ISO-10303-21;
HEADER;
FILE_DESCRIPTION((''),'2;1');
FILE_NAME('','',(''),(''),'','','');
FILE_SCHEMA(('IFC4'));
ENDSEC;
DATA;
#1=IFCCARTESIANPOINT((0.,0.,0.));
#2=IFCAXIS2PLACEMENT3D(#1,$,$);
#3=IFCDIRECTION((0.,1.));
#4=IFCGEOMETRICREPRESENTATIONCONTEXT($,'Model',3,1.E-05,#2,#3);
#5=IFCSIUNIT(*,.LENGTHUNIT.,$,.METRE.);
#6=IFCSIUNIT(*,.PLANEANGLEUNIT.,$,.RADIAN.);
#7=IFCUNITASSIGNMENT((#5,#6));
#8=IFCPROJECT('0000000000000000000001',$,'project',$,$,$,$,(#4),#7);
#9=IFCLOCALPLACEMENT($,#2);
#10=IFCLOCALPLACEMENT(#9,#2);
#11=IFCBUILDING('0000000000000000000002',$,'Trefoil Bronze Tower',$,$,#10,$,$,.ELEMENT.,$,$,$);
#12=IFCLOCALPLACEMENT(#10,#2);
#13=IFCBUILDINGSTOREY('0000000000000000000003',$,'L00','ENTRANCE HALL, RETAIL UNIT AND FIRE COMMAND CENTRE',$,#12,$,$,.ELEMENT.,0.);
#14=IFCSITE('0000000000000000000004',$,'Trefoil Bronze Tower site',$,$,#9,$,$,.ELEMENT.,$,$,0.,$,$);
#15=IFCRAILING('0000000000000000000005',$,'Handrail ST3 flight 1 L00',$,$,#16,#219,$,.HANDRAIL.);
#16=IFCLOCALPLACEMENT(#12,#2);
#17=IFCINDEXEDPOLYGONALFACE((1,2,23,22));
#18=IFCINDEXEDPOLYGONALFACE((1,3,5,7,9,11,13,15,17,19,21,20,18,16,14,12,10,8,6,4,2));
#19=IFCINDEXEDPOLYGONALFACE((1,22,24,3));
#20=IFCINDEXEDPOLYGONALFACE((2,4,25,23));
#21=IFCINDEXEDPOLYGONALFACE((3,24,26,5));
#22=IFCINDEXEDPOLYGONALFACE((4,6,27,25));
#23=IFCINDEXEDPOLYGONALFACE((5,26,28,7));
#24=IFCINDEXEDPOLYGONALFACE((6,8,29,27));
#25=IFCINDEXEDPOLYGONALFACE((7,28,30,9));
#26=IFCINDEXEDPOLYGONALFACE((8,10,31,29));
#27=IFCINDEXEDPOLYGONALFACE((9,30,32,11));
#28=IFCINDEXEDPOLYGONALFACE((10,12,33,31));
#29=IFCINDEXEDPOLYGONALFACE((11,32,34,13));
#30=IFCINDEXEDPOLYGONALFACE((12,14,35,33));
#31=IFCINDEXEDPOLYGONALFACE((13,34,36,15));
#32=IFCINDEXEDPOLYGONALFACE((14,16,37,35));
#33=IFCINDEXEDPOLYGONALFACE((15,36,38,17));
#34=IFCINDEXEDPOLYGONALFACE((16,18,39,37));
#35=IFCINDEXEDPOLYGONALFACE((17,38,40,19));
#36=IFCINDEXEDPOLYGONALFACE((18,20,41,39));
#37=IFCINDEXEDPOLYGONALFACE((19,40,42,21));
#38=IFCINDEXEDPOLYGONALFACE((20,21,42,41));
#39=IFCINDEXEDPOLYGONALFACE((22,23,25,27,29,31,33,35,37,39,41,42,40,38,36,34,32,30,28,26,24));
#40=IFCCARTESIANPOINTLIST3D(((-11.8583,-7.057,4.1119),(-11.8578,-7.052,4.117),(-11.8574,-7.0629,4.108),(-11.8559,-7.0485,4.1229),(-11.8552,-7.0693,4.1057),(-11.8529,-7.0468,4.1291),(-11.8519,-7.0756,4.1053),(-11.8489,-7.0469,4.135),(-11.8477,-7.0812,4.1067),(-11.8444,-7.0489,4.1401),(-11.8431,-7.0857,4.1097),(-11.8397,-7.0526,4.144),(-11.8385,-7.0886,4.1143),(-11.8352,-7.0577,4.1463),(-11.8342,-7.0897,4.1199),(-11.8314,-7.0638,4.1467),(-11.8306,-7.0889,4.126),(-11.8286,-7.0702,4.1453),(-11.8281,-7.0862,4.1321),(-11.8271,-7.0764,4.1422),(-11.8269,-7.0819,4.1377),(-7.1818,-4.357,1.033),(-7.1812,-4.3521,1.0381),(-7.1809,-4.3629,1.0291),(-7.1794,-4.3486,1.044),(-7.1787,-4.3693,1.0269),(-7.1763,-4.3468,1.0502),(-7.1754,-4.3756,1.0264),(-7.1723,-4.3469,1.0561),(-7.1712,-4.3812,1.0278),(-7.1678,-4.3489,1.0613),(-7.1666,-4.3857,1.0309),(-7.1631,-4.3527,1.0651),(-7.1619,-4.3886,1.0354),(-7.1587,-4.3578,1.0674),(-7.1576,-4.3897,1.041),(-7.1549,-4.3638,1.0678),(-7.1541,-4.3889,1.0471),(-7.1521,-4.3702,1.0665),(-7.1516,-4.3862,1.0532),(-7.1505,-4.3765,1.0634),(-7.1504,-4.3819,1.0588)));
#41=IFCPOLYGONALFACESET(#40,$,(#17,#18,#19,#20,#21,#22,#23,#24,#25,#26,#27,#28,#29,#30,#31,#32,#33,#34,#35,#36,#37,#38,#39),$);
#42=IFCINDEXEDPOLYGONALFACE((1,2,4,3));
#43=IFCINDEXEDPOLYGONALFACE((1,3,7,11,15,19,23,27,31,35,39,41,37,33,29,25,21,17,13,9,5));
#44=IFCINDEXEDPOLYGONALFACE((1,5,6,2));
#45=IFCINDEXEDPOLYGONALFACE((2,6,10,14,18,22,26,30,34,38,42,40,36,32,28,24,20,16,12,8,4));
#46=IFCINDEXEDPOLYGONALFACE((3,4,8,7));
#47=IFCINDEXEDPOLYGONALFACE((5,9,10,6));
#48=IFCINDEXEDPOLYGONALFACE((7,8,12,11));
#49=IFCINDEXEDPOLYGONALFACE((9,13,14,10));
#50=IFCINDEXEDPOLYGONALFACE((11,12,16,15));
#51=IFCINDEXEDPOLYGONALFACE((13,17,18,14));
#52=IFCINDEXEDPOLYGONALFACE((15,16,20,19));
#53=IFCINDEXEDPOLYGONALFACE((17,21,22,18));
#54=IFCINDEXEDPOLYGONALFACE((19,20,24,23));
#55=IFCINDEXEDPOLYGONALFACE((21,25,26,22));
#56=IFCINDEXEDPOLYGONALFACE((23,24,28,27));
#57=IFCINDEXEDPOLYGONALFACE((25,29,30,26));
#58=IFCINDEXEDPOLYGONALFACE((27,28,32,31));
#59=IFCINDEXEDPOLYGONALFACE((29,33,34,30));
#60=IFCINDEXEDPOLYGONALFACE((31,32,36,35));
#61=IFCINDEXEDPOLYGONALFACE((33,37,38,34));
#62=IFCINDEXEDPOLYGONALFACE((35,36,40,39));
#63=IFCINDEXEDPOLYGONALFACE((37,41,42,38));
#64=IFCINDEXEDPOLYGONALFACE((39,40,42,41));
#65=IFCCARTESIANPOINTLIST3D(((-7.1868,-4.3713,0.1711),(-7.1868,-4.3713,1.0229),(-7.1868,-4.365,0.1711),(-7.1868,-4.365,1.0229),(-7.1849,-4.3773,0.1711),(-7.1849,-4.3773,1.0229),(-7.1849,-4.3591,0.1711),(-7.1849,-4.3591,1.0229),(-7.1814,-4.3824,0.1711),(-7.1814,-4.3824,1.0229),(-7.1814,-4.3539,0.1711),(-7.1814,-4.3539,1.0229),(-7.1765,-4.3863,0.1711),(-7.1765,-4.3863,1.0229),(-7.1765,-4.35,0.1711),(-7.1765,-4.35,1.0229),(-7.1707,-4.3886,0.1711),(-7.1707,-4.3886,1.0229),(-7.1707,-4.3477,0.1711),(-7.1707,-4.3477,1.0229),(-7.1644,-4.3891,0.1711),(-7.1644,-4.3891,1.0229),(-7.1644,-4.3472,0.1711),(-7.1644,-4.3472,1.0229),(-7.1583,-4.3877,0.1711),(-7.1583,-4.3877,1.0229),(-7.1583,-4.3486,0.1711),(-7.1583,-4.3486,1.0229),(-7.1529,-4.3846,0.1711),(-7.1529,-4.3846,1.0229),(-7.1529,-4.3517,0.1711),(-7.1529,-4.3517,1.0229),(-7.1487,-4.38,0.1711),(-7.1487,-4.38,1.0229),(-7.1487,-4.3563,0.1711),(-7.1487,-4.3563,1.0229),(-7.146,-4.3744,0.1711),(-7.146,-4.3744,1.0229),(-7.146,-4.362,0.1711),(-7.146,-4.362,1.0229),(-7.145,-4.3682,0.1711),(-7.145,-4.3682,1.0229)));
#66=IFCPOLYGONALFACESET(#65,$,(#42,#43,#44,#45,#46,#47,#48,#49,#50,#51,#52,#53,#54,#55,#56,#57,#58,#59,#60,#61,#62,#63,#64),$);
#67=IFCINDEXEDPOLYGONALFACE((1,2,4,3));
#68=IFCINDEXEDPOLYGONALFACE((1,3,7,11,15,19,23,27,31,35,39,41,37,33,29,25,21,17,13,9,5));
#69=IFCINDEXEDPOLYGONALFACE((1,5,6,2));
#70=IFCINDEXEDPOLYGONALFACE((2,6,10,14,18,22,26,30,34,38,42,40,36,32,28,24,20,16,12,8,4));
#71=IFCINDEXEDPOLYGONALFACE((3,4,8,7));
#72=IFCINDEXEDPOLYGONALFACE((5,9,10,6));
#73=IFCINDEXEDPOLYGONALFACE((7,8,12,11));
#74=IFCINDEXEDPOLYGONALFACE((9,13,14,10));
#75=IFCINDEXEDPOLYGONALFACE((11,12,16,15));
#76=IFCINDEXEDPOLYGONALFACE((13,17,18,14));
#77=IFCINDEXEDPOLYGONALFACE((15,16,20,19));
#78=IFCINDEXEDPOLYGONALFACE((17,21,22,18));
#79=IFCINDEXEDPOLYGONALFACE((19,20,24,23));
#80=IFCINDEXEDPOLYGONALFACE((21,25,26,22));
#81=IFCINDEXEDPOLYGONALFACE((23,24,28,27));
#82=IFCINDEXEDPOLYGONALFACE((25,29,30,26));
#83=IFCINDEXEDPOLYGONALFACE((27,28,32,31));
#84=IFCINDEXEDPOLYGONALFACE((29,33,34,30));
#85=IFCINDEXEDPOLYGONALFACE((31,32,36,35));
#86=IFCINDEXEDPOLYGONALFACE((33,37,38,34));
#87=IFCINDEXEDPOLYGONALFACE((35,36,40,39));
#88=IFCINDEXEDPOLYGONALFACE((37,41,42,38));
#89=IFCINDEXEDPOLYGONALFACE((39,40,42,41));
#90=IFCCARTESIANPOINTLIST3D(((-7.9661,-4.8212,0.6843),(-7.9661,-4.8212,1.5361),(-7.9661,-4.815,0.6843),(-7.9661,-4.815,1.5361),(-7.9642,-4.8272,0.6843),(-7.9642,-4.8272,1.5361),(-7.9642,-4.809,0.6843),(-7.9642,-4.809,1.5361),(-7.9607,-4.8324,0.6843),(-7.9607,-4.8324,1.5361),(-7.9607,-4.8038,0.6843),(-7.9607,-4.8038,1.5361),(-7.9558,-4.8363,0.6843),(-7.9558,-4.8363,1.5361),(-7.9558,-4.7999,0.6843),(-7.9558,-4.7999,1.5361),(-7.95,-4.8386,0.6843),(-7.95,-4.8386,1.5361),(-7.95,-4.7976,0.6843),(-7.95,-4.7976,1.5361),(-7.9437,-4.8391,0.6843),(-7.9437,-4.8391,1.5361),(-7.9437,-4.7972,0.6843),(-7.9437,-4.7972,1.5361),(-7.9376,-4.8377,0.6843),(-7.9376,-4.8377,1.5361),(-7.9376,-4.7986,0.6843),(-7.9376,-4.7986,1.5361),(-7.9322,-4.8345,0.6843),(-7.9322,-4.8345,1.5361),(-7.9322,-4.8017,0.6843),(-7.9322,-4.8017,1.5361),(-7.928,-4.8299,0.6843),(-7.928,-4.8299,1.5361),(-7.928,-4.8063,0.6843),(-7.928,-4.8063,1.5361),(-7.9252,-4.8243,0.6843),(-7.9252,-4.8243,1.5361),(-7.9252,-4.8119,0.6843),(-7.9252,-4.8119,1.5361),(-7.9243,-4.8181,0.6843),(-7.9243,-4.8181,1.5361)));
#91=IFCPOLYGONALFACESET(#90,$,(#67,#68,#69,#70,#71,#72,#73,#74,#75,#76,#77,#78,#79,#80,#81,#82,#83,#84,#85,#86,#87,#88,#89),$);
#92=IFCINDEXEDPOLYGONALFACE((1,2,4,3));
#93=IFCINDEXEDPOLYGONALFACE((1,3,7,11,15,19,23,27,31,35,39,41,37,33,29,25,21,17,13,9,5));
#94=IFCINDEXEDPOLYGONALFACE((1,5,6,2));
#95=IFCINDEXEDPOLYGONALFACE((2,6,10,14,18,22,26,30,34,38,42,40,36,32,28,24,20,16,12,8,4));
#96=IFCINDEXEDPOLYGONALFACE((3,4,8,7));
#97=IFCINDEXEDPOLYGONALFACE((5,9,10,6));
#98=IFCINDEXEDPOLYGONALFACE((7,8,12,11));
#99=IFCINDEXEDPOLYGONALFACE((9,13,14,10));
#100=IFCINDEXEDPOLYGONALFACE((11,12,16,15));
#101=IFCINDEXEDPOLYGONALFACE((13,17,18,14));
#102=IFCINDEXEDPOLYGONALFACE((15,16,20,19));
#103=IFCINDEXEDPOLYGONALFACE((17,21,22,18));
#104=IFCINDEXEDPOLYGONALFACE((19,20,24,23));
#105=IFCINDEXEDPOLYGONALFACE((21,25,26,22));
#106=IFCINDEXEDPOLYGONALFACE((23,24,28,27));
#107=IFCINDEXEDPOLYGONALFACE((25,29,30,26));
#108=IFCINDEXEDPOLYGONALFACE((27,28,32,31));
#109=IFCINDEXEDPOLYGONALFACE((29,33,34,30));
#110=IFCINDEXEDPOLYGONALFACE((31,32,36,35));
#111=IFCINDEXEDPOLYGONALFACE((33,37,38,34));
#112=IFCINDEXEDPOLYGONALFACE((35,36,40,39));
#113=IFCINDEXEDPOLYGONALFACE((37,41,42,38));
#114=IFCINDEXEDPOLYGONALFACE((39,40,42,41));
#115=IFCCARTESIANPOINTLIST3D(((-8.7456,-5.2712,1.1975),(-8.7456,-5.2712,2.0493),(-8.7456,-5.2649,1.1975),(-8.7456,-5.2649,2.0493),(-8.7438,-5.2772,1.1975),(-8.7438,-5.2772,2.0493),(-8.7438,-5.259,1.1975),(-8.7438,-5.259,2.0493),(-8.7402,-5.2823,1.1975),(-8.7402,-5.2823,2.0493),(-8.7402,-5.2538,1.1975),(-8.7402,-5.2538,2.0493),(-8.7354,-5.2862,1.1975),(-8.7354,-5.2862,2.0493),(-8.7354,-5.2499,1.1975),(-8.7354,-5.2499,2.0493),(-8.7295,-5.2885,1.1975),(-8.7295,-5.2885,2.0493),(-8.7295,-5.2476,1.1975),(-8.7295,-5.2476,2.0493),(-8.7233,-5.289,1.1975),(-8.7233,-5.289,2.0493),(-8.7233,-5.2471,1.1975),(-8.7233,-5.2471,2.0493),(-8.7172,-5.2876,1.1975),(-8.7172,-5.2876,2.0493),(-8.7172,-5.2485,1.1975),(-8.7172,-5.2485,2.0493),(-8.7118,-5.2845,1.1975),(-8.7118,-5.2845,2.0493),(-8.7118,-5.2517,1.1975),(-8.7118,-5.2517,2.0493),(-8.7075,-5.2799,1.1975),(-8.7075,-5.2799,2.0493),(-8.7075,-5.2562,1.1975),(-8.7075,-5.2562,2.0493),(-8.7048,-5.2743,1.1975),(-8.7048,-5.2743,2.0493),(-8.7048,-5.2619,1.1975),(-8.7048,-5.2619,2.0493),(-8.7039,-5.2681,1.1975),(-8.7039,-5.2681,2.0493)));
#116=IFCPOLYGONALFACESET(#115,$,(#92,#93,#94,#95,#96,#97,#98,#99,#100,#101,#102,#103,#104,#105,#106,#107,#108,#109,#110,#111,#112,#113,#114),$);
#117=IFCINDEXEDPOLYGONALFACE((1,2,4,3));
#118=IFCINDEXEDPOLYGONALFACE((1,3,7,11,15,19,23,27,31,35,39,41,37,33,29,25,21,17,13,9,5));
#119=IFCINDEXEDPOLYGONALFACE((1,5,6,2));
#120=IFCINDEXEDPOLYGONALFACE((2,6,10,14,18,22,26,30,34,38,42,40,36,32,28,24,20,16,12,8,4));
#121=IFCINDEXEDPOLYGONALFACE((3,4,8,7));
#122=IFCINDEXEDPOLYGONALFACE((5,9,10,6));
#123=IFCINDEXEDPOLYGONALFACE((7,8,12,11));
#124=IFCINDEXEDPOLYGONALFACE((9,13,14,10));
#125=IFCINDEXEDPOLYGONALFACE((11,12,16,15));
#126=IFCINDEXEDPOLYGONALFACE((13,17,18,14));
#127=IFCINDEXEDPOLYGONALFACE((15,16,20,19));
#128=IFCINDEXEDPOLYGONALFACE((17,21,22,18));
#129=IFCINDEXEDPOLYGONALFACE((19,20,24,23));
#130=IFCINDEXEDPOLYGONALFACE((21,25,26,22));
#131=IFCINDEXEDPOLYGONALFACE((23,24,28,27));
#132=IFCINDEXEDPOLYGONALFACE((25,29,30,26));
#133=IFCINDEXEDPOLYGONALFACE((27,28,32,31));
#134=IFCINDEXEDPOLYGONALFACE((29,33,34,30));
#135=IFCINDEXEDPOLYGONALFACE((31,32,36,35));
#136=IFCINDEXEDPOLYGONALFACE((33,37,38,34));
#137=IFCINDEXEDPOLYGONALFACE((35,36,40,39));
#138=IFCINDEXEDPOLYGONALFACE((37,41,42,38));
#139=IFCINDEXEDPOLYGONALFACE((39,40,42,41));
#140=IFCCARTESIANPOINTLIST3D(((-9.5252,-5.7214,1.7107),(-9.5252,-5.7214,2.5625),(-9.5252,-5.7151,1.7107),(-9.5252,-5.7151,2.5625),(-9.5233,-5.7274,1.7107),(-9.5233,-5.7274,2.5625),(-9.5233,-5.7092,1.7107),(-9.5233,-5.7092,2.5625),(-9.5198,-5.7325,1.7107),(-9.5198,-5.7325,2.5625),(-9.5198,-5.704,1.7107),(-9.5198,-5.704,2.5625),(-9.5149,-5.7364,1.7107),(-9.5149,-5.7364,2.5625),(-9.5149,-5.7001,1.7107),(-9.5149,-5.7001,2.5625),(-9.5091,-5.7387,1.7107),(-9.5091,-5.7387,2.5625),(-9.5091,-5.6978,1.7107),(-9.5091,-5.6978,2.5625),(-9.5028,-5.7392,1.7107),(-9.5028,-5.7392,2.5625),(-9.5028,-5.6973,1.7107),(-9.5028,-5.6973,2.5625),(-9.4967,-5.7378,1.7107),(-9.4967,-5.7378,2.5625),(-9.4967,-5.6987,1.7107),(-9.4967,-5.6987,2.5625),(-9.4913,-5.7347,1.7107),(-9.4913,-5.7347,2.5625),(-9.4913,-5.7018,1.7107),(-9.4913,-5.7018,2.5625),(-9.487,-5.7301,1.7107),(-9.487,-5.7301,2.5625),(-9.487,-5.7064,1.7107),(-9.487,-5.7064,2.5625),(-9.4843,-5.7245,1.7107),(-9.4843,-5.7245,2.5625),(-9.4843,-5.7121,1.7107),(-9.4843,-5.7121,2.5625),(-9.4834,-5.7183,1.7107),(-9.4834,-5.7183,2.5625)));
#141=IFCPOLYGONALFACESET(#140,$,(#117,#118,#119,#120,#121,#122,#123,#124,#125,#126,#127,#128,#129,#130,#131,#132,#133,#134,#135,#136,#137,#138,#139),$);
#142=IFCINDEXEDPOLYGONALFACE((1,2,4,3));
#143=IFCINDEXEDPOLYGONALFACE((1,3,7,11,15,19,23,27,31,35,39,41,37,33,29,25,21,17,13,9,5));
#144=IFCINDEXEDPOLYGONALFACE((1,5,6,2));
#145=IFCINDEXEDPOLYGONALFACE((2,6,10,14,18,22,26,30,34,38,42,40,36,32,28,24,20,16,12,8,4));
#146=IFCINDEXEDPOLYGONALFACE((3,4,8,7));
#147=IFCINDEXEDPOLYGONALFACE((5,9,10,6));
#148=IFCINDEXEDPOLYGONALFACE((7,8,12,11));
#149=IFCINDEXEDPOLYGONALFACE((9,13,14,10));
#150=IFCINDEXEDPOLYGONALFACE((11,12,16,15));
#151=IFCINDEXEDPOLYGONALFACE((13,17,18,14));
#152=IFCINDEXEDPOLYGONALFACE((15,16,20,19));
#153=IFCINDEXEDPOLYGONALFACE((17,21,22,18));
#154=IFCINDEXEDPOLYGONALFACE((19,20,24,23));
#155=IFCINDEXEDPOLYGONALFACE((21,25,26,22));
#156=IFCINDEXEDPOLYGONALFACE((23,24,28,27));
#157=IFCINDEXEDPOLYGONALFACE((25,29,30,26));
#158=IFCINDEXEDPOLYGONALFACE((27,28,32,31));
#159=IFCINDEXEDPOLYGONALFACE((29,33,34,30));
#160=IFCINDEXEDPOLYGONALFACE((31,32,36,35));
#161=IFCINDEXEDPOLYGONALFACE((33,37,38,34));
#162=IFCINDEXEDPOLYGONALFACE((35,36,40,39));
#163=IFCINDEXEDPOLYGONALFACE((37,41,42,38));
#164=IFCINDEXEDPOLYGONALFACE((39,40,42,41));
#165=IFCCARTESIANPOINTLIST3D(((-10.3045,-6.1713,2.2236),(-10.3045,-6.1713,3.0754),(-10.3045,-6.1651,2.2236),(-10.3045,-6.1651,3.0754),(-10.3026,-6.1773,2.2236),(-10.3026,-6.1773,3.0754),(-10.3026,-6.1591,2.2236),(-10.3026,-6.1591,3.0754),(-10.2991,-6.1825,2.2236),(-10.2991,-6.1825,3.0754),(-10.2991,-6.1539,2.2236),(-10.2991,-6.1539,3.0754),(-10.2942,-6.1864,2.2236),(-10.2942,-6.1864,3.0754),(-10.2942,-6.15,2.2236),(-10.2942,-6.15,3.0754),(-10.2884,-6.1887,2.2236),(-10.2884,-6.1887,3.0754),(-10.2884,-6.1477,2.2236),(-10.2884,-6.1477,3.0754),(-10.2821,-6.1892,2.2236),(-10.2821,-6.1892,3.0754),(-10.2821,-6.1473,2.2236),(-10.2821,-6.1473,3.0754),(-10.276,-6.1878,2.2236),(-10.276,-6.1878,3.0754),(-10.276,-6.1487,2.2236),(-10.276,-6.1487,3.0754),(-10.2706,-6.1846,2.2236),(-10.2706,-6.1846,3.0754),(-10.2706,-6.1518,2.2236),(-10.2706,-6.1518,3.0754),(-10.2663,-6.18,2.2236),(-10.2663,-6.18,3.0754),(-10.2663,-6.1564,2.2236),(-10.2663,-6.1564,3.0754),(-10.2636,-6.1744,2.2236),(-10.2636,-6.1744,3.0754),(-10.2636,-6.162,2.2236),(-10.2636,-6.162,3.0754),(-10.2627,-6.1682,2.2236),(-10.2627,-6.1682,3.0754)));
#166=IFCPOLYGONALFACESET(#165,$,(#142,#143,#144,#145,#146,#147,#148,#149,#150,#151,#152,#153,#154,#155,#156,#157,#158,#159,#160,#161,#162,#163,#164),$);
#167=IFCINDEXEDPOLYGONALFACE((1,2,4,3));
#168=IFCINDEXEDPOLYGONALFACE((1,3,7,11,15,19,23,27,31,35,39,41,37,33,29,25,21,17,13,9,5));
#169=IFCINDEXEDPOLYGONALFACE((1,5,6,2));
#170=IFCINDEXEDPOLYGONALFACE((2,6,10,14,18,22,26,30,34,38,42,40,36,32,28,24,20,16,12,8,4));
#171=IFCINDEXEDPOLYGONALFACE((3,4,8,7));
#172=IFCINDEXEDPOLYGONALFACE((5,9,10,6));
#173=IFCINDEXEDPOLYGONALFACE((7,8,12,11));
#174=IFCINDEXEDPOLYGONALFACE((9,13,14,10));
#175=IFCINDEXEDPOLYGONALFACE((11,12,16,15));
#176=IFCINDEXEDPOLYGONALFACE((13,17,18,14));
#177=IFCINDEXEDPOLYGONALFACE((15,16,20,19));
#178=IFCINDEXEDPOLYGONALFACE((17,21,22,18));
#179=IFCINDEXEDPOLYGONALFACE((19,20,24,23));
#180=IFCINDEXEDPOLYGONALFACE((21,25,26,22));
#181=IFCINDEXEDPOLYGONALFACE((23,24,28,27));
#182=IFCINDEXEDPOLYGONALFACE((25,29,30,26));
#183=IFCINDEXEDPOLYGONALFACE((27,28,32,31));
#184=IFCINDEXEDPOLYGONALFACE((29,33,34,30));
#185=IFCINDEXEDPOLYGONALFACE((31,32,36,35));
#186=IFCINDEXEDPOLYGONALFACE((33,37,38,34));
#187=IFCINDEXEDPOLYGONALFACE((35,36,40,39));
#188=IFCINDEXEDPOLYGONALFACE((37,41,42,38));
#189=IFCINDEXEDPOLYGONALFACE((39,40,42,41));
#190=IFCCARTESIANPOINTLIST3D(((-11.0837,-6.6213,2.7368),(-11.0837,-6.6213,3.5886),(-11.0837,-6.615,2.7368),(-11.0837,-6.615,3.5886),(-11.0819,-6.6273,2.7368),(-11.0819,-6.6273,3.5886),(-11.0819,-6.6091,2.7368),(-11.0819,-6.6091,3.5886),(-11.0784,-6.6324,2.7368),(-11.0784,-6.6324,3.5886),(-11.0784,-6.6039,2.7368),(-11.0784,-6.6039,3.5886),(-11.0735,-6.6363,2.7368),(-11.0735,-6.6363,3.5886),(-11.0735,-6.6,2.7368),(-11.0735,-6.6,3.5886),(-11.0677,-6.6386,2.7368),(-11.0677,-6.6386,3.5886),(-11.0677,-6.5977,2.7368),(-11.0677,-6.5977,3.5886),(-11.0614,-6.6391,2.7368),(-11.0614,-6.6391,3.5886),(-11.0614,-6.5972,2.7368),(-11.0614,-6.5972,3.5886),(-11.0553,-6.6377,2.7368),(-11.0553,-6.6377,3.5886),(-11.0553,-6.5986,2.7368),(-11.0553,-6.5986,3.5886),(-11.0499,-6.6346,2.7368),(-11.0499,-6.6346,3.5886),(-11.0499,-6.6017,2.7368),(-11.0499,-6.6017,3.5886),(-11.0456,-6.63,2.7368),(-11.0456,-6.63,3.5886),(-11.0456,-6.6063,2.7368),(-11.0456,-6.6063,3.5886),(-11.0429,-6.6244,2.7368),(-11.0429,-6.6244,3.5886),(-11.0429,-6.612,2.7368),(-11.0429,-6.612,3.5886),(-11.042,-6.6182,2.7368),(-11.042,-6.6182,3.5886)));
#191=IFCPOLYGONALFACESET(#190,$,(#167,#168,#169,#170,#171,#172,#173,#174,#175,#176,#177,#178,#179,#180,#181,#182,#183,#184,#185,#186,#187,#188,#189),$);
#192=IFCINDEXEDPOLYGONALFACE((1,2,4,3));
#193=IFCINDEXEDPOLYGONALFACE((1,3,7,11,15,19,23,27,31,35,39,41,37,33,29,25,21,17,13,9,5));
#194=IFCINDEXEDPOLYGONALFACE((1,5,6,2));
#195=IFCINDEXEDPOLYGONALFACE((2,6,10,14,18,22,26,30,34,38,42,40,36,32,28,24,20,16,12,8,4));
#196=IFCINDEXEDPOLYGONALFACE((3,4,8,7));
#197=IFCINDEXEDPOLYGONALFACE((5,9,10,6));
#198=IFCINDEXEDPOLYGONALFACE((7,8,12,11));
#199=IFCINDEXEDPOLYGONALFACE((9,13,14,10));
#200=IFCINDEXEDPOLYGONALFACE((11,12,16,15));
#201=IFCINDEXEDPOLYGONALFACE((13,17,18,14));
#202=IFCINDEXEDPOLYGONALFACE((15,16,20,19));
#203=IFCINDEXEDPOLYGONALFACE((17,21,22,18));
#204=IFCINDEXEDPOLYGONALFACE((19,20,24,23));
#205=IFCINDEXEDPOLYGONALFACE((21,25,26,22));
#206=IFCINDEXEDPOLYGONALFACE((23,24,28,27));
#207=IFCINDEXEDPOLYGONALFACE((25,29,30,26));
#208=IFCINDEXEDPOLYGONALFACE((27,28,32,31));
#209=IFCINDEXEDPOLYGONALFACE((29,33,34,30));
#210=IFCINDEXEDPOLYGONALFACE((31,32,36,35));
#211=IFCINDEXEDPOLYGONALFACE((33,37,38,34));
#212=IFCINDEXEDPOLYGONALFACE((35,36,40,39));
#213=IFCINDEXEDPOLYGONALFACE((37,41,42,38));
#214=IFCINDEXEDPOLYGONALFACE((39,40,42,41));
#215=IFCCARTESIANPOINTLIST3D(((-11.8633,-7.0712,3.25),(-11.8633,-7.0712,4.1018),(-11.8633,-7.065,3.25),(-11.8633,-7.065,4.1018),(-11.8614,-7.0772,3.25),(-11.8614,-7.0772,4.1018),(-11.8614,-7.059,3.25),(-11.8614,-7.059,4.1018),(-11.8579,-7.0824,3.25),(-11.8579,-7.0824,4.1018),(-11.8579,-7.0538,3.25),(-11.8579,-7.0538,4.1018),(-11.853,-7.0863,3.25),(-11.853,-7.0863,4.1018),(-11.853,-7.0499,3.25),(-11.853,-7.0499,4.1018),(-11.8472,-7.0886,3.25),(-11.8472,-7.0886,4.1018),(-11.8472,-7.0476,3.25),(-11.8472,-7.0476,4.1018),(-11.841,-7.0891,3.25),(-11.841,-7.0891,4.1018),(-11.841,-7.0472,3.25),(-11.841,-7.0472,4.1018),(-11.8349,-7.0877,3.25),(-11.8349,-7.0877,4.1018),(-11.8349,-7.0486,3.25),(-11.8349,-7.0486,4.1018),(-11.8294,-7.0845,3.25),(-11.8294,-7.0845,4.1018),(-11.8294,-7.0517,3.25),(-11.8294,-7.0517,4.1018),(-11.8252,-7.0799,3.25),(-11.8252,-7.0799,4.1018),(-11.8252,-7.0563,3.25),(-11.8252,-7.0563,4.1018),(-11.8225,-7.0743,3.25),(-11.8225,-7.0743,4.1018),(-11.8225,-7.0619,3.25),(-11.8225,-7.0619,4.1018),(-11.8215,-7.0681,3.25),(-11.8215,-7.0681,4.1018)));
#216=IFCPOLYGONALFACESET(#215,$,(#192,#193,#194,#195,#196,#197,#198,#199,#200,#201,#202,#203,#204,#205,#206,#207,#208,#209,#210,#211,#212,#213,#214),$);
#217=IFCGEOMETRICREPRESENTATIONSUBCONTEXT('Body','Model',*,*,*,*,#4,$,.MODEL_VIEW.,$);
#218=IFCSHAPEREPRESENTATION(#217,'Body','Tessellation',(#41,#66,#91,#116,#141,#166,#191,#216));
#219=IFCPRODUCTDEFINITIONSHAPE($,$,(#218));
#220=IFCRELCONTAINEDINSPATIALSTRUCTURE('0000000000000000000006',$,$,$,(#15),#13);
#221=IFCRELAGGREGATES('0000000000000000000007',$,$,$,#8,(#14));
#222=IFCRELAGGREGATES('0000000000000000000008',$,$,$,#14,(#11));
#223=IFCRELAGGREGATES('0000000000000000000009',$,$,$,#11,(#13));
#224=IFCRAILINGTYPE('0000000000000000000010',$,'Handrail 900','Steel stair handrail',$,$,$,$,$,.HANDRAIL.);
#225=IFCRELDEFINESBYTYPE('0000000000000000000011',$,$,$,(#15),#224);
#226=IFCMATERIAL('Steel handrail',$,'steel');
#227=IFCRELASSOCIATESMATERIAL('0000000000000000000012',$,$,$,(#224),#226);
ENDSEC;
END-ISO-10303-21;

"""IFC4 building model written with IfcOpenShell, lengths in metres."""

from ifc_helpers import new_model, si_unit, direction, frame, origin, origin_2d, place, context, subcontext, project, spatial, circle, extrude, material, type_object, element, save


model = new_model("IFC4")

# Units and contexts
model_context = context("Model", 3, precision=1e-05, world=origin(), true_north=direction((0.0, 1.0)))
body_context = subcontext(model_context, "Body", "Model", "MODEL_VIEW")
ifc_project = project(units=[si_unit("LENGTHUNIT", "METRE"), si_unit("PLANEANGLEUNIT", "RADIAN")], contexts=[model_context])

# Site, building, storey
site_placement = place(None, origin())
site = spatial("IfcSite", under=ifc_project, at=site_placement, Name="Trefoil Bronze Tower site", CompositionType="ELEMENT", RefElevation=0.0)
building_placement = place(site_placement, origin())
building = spatial("IfcBuilding", under=site, at=building_placement, Name="Trefoil Bronze Tower", CompositionType="ELEMENT")
storey_placement = place(building_placement, origin())
storey = spatial("IfcBuildingStorey", under=building, at=storey_placement, Name="L00", Description="ENTRANCE HALL, RETAIL UNIT AND FIRE COMMAND CENTRE", CompositionType="ELEMENT", Elevation=0.0)

# Railing
ifc_material_1 = material(Name="Steel handrail", Category="steel")
railing_type = type_object("IfcRailingType", Name="Handrail 900", Description="Steel stair handrail", PredefinedType="HANDRAIL", material=ifc_material_1)
railing_1_placement = place(storey_placement, frame((-7.166, -4.3682, 0.1711)))
element("IfcRailing", 1, at=railing_1_placement, inside=storey, type_object=railing_type, Name="Handrail ST3 flight 1 L00", PredefinedType="HANDRAIL", context=body_context, shape_type="SweptSolid", body=[
    extrude(circle(Radius=0.0239, at=origin_2d()), frame((0.0, 0.0, 0.876), z_axis=(-0.752333, -0.434354, 0.49531), x_axis=(0.499995, -0.866028, 0.0)), (0.0, 0.0, 1.0), 6.2161),
    extrude(circle(Radius=0.021, at=origin_2d()), origin(), (0.0, 0.0, 1.0), 0.8518),
    extrude(circle(Radius=0.021, at=origin_2d()), frame((-0.7793, -0.45, 0.5132)), (0.0, 0.0, 1.0), 0.8518),
    extrude(circle(Radius=0.021, at=origin_2d()), frame((-1.5588, -0.8999, 1.0264)), (0.0, 0.0, 1.0), 0.8518),
    extrude(circle(Radius=0.021, at=origin_2d()), frame((-2.3384, -1.3501, 1.5396)), (0.0, 0.0, 1.0), 0.8518),
    extrude(circle(Radius=0.021, at=origin_2d()), frame((-3.1177, -1.8, 2.0525)), (0.0, 0.0, 1.0), 0.8518),
    extrude(circle(Radius=0.021, at=origin_2d()), frame((-3.897, -2.25, 2.5657)), (0.0, 0.0, 1.0), 0.8518),
    extrude(circle(Radius=0.021, at=origin_2d()), frame((-4.6765, -2.7, 3.0789)), (0.0, 0.0, 1.0), 0.8518),
])

save(model, "model.ifc")
